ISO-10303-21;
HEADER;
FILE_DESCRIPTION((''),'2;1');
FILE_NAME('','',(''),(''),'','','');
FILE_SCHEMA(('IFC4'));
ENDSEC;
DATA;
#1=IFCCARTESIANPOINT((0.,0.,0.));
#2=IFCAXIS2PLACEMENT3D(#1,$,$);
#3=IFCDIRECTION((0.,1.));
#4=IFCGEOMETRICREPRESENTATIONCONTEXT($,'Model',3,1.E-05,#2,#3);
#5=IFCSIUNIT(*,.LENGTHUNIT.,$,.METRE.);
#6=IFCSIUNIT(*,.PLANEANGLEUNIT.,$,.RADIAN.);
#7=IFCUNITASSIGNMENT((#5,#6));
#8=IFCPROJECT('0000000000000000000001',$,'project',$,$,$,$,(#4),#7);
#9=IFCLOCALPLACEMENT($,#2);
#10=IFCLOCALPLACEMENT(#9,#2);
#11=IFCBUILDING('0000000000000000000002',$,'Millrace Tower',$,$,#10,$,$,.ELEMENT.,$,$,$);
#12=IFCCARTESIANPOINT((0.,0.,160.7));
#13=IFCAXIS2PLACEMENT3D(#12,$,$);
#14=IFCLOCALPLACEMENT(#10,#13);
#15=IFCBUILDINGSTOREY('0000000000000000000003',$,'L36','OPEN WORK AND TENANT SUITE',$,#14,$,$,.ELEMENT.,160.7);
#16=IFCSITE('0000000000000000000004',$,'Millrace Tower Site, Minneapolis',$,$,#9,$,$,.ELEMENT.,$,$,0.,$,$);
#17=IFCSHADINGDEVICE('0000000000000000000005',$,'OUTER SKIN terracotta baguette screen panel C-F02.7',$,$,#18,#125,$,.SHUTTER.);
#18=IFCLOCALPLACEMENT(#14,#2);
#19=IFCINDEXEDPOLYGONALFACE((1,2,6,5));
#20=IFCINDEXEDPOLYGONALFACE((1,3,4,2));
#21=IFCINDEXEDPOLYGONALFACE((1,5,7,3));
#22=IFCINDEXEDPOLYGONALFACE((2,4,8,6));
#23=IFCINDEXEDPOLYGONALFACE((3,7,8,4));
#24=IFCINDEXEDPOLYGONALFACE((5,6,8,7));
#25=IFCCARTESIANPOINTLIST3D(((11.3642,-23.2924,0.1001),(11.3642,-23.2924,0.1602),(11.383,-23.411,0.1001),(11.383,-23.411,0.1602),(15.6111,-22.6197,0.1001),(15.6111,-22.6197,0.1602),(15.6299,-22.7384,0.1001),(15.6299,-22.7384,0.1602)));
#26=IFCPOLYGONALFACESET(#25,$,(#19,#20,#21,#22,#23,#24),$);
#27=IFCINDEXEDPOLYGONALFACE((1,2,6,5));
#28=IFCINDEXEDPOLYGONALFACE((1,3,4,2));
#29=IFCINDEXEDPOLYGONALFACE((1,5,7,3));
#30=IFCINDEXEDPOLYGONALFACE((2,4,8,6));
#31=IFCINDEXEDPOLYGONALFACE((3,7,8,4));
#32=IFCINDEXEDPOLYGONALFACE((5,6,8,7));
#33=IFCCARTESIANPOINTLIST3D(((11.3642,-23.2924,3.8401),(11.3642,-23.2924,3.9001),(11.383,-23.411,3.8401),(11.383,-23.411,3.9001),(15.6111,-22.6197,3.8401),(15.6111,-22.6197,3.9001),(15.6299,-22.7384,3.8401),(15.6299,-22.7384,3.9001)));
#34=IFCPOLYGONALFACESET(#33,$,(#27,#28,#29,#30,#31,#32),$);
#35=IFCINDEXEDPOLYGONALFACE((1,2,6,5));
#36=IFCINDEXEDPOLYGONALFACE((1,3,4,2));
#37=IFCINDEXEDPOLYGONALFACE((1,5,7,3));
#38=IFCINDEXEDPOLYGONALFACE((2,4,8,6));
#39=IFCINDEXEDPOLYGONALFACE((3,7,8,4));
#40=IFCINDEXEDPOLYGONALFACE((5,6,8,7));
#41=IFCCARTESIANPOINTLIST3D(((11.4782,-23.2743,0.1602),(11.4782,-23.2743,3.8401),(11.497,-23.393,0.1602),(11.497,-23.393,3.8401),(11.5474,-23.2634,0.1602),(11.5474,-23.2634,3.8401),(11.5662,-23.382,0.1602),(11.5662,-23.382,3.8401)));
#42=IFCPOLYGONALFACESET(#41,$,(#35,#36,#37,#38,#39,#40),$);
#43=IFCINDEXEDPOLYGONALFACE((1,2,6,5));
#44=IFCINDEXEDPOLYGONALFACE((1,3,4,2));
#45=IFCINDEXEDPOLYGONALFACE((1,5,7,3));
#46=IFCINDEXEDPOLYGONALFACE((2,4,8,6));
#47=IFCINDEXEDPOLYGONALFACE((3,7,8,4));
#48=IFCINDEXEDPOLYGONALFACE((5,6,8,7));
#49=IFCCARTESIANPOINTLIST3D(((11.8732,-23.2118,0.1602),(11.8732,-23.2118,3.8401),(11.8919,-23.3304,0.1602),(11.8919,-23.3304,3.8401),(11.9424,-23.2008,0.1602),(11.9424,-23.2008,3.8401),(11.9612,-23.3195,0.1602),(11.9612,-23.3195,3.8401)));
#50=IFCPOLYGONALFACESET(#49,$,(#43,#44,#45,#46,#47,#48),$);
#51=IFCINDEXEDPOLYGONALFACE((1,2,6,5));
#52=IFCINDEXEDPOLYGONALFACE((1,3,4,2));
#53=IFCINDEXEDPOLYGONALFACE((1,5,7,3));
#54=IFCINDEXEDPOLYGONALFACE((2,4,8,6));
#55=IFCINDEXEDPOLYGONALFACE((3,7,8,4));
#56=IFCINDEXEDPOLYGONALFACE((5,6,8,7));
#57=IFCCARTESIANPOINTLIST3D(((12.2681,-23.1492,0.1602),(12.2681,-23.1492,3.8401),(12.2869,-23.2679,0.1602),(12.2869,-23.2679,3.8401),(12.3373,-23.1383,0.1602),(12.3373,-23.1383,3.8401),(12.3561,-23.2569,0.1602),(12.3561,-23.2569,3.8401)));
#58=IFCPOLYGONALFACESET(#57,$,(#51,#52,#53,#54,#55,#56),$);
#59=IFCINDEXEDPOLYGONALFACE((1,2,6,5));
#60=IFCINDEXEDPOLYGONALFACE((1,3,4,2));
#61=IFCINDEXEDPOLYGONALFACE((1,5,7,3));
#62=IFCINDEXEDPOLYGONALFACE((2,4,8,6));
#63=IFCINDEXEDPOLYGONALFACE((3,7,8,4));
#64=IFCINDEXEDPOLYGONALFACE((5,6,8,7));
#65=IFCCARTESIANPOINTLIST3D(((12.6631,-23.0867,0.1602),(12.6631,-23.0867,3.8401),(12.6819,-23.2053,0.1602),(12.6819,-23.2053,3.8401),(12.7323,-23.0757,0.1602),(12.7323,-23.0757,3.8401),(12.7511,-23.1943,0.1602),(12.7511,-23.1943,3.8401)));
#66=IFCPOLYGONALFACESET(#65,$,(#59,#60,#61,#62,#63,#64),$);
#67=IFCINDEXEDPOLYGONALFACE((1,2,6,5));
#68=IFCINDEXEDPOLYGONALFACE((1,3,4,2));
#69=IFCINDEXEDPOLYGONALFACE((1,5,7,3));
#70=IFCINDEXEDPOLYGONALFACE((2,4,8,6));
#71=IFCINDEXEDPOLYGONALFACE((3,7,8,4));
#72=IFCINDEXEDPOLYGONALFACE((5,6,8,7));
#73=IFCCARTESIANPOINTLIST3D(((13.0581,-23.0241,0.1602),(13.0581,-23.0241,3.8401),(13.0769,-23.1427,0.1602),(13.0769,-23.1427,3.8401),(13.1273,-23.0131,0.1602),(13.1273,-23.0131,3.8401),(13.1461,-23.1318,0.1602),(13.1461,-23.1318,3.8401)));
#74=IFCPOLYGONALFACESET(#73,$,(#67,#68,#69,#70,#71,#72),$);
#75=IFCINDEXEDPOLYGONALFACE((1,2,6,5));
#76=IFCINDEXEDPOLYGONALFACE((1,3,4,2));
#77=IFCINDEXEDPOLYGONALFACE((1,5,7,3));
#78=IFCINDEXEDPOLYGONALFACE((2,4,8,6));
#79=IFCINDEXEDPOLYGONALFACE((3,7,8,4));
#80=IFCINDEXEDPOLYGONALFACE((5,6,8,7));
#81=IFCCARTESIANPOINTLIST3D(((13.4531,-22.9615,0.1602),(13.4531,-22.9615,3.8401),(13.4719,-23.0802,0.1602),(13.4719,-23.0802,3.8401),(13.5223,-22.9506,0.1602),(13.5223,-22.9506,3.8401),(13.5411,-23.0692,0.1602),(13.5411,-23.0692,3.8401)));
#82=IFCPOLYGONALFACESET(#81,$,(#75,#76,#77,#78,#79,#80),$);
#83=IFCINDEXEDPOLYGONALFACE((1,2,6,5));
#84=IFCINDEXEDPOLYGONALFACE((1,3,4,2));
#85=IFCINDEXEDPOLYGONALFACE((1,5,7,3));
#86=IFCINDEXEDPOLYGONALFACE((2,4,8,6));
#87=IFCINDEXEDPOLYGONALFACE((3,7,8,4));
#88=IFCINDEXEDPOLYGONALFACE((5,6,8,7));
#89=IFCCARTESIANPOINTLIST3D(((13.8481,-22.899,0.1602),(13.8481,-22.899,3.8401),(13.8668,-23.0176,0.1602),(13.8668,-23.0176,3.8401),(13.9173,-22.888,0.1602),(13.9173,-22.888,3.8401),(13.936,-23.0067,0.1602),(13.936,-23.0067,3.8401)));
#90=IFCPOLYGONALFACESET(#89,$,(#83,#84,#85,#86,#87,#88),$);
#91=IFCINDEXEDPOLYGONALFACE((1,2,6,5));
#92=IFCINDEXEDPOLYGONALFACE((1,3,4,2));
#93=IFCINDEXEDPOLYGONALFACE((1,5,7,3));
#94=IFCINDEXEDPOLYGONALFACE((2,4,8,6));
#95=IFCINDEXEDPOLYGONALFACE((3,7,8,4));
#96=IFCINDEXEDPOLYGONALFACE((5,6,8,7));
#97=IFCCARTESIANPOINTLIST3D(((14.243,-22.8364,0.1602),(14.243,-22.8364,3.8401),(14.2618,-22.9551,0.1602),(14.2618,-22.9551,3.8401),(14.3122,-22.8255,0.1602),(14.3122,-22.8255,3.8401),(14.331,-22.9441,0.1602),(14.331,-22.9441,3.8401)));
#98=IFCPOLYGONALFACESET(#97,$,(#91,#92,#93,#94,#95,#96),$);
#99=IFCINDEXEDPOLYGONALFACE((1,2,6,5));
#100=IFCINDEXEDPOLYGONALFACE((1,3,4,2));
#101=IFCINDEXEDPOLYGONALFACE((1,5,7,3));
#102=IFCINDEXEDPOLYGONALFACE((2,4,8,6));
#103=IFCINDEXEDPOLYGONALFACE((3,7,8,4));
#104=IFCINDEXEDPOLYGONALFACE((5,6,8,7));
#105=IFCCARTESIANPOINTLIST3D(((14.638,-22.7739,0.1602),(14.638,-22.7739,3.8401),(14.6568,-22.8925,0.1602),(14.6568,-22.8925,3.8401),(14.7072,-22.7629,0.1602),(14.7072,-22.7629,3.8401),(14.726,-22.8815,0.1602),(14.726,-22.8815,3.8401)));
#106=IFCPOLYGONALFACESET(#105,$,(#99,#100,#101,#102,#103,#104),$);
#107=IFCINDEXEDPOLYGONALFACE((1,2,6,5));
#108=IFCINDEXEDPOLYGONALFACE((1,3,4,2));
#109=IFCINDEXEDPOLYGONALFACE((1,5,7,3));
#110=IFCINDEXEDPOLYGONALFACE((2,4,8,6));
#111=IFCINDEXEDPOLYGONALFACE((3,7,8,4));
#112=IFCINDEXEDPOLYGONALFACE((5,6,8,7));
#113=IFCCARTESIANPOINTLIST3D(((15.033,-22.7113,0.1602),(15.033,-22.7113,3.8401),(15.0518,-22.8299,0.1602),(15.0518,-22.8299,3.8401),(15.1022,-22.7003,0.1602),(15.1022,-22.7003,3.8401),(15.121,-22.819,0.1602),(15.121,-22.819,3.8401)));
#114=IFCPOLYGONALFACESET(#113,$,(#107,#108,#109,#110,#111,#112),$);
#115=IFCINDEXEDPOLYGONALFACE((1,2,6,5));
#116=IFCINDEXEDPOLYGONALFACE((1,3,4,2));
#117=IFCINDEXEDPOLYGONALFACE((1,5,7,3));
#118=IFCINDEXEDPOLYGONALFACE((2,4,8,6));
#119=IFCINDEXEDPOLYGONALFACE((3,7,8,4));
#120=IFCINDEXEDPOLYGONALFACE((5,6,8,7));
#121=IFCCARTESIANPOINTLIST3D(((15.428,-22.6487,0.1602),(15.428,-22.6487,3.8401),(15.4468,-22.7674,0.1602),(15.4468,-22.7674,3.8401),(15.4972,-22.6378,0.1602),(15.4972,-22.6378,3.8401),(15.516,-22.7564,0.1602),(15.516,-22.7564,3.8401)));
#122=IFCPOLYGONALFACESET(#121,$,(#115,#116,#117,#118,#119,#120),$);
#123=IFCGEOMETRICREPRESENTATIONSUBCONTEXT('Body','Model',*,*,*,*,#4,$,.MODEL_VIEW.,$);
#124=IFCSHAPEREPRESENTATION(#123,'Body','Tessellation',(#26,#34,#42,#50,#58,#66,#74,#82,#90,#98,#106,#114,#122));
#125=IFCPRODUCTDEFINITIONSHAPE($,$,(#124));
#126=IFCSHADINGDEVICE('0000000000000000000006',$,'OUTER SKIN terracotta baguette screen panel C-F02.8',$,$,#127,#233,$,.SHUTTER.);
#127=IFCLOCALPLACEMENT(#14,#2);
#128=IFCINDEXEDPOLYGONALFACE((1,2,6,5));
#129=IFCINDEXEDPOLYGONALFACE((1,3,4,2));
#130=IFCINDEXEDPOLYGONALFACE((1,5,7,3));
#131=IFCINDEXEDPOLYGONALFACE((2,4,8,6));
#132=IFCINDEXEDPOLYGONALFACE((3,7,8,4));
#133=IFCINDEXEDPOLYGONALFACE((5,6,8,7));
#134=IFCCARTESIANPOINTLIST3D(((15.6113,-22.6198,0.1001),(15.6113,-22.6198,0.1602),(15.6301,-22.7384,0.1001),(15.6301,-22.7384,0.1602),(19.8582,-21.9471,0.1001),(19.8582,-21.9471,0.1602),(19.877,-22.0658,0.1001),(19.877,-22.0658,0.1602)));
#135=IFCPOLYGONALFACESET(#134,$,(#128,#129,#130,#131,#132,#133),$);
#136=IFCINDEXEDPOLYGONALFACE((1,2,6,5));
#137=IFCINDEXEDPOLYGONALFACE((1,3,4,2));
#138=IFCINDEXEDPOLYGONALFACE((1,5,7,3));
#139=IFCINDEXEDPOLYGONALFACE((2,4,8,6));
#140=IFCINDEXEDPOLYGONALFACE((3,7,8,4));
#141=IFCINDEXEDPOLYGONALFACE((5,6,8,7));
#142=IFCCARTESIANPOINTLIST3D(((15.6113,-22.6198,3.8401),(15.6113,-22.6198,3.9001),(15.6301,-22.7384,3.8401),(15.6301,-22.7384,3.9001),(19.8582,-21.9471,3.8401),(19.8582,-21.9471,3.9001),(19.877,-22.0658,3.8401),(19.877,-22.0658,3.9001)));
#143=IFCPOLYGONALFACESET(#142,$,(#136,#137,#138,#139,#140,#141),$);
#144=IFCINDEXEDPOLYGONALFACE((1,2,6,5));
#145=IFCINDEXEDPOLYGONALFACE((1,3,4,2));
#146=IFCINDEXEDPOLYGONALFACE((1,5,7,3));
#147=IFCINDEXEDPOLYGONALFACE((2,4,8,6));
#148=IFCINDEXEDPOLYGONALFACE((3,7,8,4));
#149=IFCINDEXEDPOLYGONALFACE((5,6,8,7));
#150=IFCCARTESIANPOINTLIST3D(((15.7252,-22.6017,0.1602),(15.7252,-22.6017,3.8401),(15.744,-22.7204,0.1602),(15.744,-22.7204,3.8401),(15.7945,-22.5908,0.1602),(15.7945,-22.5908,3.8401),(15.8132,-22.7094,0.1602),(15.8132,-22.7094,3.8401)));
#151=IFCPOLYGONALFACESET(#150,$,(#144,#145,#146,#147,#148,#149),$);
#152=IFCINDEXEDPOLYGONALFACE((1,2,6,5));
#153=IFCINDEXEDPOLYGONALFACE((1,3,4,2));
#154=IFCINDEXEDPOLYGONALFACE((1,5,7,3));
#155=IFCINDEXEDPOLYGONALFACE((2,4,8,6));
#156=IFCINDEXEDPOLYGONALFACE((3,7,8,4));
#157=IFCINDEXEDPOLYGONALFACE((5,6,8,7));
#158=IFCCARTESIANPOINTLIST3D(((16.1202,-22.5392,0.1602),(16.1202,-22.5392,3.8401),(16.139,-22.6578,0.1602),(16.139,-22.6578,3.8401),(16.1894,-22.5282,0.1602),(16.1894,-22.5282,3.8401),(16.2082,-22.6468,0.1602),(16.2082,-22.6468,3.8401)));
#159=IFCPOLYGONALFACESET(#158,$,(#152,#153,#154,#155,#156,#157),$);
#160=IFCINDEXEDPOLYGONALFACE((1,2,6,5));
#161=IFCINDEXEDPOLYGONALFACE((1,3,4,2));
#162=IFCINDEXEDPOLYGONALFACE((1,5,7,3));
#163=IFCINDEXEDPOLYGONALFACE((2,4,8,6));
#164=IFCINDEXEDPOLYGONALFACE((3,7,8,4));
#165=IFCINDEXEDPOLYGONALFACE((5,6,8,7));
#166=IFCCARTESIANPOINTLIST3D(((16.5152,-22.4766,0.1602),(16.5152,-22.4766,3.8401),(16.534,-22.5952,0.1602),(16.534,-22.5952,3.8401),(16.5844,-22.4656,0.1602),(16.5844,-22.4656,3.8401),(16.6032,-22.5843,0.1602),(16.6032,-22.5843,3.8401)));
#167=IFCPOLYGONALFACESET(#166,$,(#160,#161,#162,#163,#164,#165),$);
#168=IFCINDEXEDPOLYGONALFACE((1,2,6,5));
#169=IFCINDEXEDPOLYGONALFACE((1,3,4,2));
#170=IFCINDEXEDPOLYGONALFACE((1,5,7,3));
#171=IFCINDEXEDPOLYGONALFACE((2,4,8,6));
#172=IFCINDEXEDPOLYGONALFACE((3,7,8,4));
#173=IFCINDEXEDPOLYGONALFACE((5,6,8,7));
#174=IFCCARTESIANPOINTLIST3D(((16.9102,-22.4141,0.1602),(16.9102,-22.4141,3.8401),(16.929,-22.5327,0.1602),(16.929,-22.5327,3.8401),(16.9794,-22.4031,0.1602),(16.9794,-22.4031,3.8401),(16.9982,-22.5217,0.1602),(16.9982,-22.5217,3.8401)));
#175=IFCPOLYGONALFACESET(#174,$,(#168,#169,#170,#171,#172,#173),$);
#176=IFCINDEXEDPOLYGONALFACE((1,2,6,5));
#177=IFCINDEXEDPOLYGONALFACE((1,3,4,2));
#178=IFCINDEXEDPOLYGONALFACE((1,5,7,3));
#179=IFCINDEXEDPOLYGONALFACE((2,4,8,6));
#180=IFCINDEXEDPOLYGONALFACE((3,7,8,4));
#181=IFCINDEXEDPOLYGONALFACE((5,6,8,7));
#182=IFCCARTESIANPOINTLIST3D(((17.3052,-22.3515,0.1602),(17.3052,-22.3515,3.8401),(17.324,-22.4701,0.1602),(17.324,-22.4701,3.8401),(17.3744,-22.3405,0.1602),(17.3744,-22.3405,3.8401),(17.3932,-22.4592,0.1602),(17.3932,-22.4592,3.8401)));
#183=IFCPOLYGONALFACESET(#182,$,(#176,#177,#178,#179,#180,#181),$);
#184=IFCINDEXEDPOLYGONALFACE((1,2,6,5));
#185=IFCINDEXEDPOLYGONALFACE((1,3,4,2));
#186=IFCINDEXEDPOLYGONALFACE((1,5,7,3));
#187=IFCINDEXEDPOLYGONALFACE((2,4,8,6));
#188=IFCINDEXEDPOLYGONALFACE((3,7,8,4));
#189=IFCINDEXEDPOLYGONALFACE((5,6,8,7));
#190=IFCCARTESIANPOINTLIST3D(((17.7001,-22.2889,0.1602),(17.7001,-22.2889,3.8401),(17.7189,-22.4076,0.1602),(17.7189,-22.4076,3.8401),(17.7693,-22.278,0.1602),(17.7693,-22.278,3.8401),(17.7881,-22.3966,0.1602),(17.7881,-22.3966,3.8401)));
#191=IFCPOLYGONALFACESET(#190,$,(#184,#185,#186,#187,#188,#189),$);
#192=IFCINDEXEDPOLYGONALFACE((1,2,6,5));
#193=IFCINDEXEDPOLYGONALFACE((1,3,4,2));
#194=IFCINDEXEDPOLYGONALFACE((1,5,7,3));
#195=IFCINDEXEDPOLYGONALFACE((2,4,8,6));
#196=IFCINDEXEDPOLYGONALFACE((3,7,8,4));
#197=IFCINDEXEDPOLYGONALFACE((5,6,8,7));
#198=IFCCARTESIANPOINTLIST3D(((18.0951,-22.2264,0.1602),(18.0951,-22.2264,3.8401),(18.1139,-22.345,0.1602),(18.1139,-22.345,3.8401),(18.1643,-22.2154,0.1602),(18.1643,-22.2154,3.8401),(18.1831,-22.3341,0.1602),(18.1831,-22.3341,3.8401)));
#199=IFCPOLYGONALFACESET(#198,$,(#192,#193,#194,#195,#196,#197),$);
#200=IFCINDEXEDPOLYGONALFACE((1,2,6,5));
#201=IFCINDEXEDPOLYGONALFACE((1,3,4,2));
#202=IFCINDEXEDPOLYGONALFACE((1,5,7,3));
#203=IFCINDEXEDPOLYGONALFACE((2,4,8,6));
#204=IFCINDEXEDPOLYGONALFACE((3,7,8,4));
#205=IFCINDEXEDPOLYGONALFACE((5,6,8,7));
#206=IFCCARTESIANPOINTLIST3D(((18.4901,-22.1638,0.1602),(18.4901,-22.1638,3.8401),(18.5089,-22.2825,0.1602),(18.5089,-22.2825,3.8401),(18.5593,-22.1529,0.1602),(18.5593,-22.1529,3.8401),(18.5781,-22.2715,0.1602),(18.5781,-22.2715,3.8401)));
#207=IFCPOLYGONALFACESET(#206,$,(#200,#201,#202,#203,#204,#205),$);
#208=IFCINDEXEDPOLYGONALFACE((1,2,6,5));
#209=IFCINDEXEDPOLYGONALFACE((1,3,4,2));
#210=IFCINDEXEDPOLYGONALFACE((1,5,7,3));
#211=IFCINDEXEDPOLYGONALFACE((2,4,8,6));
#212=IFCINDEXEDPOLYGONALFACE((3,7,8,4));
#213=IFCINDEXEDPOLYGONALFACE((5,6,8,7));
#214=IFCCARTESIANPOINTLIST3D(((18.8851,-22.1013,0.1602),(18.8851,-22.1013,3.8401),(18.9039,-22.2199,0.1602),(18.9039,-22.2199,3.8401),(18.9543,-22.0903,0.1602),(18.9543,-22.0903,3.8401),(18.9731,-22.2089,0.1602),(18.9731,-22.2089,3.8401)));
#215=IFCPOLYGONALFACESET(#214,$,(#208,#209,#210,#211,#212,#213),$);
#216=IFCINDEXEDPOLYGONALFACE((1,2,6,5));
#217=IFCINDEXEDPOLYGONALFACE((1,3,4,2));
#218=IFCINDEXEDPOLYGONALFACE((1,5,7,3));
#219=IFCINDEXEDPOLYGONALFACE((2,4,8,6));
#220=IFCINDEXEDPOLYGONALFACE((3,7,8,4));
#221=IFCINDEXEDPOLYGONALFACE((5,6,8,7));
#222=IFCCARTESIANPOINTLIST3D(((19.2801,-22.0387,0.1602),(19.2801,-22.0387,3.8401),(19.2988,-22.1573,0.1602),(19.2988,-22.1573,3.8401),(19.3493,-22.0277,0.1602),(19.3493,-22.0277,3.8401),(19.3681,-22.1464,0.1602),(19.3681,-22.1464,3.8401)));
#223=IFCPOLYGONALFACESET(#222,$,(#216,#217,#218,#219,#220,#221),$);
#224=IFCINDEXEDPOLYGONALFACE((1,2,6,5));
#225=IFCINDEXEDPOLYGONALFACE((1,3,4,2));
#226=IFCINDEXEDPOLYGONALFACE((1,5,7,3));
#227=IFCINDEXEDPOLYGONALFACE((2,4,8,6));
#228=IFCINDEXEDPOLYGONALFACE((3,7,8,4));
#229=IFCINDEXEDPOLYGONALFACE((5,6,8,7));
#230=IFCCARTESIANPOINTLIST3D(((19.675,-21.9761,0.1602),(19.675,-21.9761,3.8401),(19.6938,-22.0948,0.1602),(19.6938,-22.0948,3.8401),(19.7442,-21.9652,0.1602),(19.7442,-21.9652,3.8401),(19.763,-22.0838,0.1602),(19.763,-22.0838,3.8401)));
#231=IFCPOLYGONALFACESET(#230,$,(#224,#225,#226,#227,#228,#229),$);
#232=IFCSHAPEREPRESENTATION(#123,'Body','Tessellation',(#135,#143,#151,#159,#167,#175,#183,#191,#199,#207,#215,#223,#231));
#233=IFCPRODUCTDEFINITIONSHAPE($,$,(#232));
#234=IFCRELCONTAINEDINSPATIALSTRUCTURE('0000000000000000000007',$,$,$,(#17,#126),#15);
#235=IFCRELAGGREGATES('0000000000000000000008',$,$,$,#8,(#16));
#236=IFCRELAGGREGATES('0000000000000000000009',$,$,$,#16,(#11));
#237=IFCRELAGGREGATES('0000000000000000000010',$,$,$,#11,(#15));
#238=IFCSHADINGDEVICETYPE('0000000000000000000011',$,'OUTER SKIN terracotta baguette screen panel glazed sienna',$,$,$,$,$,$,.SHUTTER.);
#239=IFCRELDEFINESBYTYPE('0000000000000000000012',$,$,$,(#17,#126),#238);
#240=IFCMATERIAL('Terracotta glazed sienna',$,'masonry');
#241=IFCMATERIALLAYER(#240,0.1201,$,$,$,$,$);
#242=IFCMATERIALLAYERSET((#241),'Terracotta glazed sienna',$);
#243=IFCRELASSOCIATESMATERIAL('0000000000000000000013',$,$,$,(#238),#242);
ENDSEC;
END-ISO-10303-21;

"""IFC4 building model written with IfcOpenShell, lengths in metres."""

from ifc_helpers import new_model, entity, si_unit, direction, frame, frame_2d, origin, origin_2d, place, context, subcontext, project, spatial, rectangle, extrude, source, transform, mapped, material, layer, layer_set, type_object, element, save


model = new_model("IFC4")

# Units and contexts
model_context = context("Model", 3, precision=1e-05, world=origin(), true_north=direction((0.0, 1.0)))
body_context = subcontext(model_context, "Body", "Model", "MODEL_VIEW")
ifc_project = project(units=[si_unit("LENGTHUNIT", "METRE"), si_unit("PLANEANGLEUNIT", "RADIAN")], contexts=[model_context])

# Site, building, storey
site_placement = place(None, origin())
site = spatial("IfcSite", under=ifc_project, at=site_placement, Name="Millrace Tower Site, Minneapolis", CompositionType="ELEMENT", RefElevation=0.0)
building_placement = place(site_placement, origin())
building = spatial("IfcBuilding", under=site, at=building_placement, Name="Millrace Tower", CompositionType="ELEMENT")
storey_placement = place(building_placement, frame((0.0, 0.0, 160.7)))
storey = spatial("IfcBuildingStorey", under=building, at=storey_placement, Name="L36", Description="OPEN WORK AND TENANT SUITE", CompositionType="ELEMENT", Elevation=160.7)

# Shading devices
ifc_material_1 = material(Name="Terracotta glazed sienna", Category="masonry")
ifc_layer_1 = layer(ifc_material_1, 0.1201)
ifc_layer_set_1 = layer_set([ifc_layer_1], Name="Terracotta glazed sienna")
shading_device_type = type_object("IfcShadingDeviceType", Name="OUTER SKIN terracotta baguette screen panel glazed sienna", PredefinedType="SHUTTER", material=ifc_layer_set_1)
cartesian_point_1 = entity("IfcCartesianPoint", [-2.1499, 0.0601])
shared_polyline_1 = entity("IfcPolyline", [cartesian_point_1, entity("IfcCartesianPoint", [2.1499, 0.0601]), entity("IfcCartesianPoint", [2.1499, -0.0601]), entity("IfcCartesianPoint", [-2.1499, -0.0601]), cartesian_point_1])
shared_shape_1 = source(origin(), body_context, "Body", "SweptSolid", [
    entity("IfcExtrudedAreaSolid", entity("IfcArbitraryClosedProfileDef", "AREA", None, shared_polyline_1), entity("IfcAxis2Placement3D", entity("IfcCartesianPoint", [0.0, 0.0, 0.0])), entity("IfcDirection", [0.0, 0.0, 1.0]), 0.0601),
    entity("IfcExtrudedAreaSolid", entity("IfcArbitraryClosedProfileDef", "AREA", None, shared_polyline_1), entity("IfcAxis2Placement3D", entity("IfcCartesianPoint", [0.0, 0.0, 3.74])), entity("IfcDirection", [0.0, 0.0, 1.0]), 0.0601),
    extrude(rectangle(XDim=0.0701, YDim=0.1201, at=frame_2d((-1.9995, 0.0))), frame((0.0, 0.0, 0.0601)), (0.0, 0.0, 1.0), 3.6799),
    extrude(rectangle(XDim=0.0701, YDim=0.1201, at=frame_2d((-1.5996, 0.0))), frame((0.0, 0.0, 0.0601)), (0.0, 0.0, 1.0), 3.6799),
    extrude(rectangle(XDim=0.0701, YDim=0.1201, at=frame_2d((-1.1997, 0.0))), frame((0.0, 0.0, 0.0601)), (0.0, 0.0, 1.0), 3.6799),
    extrude(rectangle(XDim=0.0701, YDim=0.1201, at=frame_2d((-0.7998, 0.0))), frame((0.0, 0.0, 0.0601)), (0.0, 0.0, 1.0), 3.6799),
    extrude(rectangle(XDim=0.0701, YDim=0.1201, at=frame_2d((-0.3999, 0.0))), frame((0.0, 0.0, 0.0601)), (0.0, 0.0, 1.0), 3.6799),
    extrude(rectangle(XDim=0.0701, YDim=0.1201, at=origin_2d()), frame((0.0, 0.0, 0.0601)), (0.0, 0.0, 1.0), 3.6799),
    extrude(rectangle(XDim=0.0701, YDim=0.1201, at=frame_2d((0.3999, 0.0))), frame((0.0, 0.0, 0.0601)), (0.0, 0.0, 1.0), 3.6799),
    extrude(rectangle(XDim=0.0701, YDim=0.1201, at=frame_2d((0.7998, 0.0))), frame((0.0, 0.0, 0.0601)), (0.0, 0.0, 1.0), 3.6799),
    extrude(rectangle(XDim=0.0701, YDim=0.1201, at=frame_2d((1.1997, 0.0))), frame((0.0, 0.0, 0.0601)), (0.0, 0.0, 1.0), 3.6799),
    extrude(rectangle(XDim=0.0701, YDim=0.1201, at=frame_2d((1.5996, 0.0))), frame((0.0, 0.0, 0.0601)), (0.0, 0.0, 1.0), 3.6799),
    extrude(rectangle(XDim=0.0701, YDim=0.1201, at=frame_2d((1.9995, 0.0))), frame((0.0, 0.0, 0.0601)), (0.0, 0.0, 1.0), 3.6799),
])
for number, where, z_axis, x_axis, name in (
    (1, (13.4971, -23.0154, 0.1001), (0.0, 0.0, 1.0), (0.987688, 0.156434, 0.0), "OUTER SKIN terracotta baguette screen panel C-F02.7"),
    (2, (17.7441, -22.3428, 0.1001), (0.0, 0.0, 1.0), (0.987688, 0.156434, 0.0), "OUTER SKIN terracotta baguette screen panel C-F02.8"),
):
    element("IfcShadingDevice", number, at=place(storey_placement, frame(where, z_axis=z_axis, x_axis=x_axis)), inside=storey, type_object=shading_device_type, Name=name, PredefinedType="SHUTTER", context=body_context, shape_type="MappedRepresentation", body=[
        mapped(shared_shape_1, transform((0.0, 0.0, 0.0), scale=1.0)),
    ])

save(model, "model.ifc")
